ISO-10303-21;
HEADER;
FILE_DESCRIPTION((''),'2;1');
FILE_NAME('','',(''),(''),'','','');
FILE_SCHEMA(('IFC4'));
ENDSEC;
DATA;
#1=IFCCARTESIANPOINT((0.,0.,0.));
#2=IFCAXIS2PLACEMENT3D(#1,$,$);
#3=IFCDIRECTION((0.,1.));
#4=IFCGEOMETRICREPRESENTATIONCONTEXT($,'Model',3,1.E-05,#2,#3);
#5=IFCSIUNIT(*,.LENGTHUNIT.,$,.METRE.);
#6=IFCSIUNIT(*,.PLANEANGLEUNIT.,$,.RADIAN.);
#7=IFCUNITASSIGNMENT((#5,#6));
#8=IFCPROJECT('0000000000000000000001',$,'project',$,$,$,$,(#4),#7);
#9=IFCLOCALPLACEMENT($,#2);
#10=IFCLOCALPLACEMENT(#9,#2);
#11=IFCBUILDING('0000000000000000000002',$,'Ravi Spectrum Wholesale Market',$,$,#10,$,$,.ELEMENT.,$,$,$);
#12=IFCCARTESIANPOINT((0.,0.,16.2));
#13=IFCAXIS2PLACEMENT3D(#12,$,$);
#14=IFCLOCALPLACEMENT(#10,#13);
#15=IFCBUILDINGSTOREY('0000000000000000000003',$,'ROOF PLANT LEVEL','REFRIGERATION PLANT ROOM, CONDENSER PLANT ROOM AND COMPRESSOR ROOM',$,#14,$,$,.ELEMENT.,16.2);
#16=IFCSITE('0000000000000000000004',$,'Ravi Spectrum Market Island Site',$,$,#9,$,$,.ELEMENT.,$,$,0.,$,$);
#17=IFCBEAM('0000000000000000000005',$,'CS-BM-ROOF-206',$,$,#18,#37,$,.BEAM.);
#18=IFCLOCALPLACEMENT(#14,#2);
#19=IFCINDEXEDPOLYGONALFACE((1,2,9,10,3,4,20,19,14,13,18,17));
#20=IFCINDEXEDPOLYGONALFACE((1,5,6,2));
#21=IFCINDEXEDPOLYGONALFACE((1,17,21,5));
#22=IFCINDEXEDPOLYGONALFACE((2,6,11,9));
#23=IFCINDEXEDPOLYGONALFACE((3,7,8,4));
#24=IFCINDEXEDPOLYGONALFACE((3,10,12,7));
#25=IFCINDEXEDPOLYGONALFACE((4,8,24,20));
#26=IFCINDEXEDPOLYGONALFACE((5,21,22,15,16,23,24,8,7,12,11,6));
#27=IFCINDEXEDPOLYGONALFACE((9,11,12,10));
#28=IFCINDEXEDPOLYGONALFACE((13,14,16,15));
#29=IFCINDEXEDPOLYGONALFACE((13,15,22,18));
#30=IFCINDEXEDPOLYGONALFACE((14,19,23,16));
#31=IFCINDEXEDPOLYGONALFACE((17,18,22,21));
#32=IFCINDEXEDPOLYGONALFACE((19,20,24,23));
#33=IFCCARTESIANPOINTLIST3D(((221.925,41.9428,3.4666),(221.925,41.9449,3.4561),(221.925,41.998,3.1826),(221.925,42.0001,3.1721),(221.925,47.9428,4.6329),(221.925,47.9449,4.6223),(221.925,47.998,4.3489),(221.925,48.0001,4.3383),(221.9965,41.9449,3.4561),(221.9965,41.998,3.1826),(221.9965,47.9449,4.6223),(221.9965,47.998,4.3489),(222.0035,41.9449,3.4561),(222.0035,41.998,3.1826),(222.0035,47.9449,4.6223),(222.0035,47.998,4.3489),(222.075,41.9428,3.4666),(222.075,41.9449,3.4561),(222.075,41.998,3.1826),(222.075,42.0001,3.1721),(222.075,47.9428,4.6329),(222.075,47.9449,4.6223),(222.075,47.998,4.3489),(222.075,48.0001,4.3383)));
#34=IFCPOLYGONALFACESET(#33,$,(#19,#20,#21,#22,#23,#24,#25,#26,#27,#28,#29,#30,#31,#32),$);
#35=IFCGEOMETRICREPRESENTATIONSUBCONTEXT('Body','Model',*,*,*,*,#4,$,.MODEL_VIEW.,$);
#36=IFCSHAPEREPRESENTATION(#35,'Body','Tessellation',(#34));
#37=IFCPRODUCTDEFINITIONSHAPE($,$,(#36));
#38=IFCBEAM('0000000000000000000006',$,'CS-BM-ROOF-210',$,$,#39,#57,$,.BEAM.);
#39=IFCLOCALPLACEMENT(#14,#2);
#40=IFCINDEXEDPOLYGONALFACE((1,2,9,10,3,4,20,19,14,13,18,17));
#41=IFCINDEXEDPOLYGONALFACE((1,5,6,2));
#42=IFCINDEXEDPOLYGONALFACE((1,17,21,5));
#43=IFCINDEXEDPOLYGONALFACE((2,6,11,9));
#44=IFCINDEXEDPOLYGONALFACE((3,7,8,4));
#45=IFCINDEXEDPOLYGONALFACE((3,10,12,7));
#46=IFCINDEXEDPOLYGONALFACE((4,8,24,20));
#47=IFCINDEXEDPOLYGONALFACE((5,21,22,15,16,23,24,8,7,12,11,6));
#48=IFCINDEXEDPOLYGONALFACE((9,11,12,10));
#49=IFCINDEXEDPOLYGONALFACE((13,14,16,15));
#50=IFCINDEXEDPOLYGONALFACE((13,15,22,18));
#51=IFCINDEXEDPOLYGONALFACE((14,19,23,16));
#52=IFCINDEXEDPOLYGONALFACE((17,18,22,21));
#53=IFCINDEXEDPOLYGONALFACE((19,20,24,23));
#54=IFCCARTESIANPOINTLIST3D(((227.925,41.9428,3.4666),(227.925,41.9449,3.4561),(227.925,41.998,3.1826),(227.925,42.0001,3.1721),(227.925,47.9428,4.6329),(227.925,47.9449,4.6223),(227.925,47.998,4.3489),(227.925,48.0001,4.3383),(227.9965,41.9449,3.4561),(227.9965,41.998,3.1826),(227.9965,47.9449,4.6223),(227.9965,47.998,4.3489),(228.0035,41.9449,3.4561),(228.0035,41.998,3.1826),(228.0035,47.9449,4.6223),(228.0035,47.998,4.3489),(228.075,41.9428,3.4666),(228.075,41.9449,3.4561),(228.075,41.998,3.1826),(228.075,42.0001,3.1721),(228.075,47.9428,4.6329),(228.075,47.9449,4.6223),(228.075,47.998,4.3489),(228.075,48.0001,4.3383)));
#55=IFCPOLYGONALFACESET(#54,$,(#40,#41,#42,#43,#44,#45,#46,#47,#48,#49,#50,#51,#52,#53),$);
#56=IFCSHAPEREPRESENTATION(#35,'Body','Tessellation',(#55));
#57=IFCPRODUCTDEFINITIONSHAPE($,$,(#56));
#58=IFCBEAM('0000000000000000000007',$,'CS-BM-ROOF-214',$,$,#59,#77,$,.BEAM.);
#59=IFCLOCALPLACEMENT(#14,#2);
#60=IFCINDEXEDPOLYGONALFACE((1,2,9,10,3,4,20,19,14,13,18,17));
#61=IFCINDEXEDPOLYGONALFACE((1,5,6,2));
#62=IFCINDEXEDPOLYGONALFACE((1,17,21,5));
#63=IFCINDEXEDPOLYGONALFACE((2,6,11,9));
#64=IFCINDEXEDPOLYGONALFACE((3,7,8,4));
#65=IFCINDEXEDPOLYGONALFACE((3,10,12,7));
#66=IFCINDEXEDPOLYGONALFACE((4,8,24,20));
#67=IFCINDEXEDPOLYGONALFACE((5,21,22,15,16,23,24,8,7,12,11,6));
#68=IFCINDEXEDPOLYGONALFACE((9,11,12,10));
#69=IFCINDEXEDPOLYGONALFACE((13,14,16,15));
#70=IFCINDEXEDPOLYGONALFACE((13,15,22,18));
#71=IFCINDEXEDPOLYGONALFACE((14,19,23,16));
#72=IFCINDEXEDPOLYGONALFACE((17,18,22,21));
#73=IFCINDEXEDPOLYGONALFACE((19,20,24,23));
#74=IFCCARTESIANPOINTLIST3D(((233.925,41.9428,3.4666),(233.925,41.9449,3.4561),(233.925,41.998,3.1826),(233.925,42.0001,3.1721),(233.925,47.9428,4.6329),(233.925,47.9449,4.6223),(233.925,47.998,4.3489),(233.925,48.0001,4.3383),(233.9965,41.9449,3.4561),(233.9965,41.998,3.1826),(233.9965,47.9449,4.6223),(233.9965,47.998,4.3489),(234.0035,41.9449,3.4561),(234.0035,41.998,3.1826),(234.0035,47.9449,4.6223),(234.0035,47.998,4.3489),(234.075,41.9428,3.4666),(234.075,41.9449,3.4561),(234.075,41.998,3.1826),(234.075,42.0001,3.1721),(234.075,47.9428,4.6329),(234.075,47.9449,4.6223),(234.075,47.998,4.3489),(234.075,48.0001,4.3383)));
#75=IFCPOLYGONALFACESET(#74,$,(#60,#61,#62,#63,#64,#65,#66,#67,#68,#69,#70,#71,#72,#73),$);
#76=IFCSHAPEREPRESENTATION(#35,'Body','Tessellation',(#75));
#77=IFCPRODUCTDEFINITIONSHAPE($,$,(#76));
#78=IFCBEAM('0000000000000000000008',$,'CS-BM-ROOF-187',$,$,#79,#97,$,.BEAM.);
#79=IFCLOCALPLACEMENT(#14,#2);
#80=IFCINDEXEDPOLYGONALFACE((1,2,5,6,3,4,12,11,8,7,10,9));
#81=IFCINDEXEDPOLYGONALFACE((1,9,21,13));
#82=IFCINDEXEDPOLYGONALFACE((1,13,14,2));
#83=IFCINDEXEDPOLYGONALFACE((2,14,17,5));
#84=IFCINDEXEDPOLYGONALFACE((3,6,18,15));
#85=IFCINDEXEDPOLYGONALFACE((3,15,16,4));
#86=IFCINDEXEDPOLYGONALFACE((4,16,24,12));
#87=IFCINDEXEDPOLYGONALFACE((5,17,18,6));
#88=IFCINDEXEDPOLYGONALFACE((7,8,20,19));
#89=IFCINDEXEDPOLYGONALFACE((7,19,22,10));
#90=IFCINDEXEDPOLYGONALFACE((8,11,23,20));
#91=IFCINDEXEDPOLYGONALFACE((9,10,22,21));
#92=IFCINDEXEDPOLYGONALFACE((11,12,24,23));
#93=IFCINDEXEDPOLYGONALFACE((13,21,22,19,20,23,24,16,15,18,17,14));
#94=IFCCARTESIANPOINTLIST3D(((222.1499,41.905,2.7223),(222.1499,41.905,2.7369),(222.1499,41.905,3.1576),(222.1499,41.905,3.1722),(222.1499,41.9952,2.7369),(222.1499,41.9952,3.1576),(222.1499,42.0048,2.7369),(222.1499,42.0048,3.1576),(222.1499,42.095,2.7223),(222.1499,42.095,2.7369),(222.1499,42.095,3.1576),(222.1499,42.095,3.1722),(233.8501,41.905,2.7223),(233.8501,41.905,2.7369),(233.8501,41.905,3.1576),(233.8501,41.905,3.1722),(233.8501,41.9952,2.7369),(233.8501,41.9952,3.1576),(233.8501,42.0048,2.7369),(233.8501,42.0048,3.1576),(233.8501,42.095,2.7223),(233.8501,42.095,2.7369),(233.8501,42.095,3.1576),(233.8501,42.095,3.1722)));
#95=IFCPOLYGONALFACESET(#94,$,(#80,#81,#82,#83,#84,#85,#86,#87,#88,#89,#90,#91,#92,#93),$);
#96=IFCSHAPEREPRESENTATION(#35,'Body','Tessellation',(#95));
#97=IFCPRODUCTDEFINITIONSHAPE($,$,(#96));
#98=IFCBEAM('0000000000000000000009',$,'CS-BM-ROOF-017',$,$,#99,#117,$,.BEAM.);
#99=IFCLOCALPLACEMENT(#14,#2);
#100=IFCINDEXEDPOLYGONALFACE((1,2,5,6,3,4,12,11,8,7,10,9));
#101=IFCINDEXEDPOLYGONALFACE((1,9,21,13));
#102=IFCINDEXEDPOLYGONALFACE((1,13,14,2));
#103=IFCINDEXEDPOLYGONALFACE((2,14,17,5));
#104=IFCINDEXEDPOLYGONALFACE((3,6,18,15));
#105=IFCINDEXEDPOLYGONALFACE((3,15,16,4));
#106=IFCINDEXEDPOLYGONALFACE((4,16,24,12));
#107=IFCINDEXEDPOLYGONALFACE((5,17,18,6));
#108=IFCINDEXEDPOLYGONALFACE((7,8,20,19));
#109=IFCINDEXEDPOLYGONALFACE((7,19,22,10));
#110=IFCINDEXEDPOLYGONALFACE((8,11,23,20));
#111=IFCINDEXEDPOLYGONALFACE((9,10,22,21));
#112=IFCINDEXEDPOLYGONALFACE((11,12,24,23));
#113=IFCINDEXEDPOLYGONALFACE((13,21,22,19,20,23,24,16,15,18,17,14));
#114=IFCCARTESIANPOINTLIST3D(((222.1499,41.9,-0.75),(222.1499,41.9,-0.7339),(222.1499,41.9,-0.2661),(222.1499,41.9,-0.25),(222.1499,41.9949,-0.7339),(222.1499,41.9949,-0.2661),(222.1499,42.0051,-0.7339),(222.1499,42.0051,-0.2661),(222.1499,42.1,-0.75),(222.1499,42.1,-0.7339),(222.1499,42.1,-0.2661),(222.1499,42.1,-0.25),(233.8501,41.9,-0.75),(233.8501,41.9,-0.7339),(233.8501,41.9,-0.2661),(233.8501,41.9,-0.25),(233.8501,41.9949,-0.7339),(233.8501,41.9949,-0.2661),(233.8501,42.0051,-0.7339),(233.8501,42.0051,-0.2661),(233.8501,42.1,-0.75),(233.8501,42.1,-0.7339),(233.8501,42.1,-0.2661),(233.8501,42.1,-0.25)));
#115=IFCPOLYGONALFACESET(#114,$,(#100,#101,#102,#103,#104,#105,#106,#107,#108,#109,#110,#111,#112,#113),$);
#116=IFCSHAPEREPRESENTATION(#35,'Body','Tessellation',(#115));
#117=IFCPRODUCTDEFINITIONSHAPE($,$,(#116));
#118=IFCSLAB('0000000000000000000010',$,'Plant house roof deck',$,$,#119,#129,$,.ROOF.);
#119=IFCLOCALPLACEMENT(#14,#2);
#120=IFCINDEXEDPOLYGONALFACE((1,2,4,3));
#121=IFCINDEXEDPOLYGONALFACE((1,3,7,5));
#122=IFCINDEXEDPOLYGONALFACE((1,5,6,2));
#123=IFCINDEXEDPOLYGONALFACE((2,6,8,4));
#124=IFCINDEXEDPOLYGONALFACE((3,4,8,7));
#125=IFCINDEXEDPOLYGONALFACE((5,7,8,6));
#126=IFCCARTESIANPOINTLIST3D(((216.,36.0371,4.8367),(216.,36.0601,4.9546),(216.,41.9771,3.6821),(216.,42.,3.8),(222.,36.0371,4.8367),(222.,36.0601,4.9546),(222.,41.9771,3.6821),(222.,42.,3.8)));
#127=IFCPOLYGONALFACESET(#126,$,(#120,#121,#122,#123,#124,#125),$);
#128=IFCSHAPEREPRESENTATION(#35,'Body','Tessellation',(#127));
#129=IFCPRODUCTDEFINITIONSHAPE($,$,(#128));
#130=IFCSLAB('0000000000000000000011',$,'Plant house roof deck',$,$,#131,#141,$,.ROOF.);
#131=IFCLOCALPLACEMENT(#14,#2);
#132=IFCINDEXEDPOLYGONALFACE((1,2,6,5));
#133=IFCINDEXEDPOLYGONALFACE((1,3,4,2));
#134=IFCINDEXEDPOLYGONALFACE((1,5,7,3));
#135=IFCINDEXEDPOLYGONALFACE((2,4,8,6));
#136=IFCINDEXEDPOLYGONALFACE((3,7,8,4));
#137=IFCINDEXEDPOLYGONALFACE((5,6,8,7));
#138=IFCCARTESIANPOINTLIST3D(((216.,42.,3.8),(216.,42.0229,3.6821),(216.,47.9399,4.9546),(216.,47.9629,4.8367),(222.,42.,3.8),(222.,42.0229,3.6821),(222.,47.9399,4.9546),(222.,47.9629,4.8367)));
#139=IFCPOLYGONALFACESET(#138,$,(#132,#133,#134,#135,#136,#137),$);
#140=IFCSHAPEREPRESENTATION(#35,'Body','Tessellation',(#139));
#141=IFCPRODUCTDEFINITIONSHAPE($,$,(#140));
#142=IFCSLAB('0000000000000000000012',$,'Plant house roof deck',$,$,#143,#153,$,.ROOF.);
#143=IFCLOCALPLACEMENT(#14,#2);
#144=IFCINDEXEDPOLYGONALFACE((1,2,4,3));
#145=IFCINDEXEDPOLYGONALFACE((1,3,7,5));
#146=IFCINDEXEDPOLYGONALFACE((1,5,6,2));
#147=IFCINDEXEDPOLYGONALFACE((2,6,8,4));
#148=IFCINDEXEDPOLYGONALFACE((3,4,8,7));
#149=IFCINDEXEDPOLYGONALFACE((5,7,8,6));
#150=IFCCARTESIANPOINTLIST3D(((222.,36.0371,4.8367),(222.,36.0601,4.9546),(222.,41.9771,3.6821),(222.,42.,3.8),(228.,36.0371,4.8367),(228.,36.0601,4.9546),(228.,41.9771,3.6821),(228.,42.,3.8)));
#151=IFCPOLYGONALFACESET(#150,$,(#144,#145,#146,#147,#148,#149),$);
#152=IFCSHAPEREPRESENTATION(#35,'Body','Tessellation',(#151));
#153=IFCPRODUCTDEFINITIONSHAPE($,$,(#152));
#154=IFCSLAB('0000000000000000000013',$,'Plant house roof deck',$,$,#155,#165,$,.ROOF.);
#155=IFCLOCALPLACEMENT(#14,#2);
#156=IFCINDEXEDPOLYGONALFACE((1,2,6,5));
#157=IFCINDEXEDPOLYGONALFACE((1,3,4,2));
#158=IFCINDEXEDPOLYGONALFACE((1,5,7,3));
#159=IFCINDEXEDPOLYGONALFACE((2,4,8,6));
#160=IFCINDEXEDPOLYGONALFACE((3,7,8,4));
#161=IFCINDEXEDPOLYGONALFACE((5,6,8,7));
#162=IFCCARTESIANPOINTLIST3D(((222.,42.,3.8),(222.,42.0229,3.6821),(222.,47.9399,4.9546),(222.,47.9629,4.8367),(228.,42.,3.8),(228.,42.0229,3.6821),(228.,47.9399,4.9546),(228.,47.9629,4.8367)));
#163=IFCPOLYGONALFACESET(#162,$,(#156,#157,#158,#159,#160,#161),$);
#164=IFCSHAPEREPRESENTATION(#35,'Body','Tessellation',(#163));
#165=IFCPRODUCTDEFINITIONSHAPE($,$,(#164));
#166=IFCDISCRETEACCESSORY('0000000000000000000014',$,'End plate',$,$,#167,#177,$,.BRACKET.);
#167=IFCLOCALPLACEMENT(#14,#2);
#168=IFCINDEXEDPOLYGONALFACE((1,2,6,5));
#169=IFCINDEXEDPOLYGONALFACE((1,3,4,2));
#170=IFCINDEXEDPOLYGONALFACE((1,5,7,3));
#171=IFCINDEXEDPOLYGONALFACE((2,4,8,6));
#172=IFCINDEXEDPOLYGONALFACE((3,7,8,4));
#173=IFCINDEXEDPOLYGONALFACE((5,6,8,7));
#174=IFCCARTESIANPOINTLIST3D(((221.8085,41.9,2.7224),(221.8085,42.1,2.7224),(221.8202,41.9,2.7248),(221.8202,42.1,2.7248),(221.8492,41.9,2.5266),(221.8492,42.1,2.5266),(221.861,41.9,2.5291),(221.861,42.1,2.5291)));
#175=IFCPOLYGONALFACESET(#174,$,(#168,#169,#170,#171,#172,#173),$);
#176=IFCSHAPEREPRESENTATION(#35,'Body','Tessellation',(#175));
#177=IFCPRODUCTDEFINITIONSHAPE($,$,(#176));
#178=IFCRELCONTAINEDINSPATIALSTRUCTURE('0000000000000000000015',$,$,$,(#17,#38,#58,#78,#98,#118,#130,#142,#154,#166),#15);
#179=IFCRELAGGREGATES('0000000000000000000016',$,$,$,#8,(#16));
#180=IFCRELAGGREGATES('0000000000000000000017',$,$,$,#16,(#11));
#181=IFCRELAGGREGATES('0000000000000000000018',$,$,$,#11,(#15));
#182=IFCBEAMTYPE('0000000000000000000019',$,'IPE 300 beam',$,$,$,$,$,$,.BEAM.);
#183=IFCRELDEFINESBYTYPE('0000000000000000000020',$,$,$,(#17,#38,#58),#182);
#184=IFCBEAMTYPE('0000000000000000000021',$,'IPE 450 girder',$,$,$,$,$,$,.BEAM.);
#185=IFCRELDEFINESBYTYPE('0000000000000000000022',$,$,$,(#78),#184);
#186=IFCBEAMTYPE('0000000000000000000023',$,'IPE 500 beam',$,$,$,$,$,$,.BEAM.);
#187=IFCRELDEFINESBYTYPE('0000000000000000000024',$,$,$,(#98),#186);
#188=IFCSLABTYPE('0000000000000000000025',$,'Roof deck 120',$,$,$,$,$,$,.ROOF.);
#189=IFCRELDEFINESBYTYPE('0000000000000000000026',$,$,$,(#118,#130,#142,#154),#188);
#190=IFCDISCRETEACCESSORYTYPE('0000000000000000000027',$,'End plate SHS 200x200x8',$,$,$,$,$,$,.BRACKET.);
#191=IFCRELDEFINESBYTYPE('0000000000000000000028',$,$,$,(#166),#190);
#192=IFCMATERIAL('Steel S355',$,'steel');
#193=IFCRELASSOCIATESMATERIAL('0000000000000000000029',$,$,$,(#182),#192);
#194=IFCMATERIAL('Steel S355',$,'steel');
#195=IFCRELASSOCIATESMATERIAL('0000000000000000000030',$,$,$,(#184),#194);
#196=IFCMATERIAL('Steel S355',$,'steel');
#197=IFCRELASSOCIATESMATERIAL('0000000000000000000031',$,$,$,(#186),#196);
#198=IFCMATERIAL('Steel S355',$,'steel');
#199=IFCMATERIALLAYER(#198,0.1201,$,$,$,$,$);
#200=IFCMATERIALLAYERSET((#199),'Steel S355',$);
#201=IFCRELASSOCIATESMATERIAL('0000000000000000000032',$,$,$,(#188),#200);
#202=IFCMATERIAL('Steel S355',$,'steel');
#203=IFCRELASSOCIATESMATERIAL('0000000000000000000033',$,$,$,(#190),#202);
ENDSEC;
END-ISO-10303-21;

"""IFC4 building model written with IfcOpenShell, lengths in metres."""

from ifc_helpers import new_model, si_unit, direction, frame, origin, origin_2d, place, context, subcontext, project, spatial, polyline, rectangle, i_section, outline, extrude, material, layer, layer_set, material_profile, profile_set, type_object, element, save


model = new_model("IFC4")

# Units and contexts
model_context = context("Model", 3, precision=1e-05, world=origin(), true_north=direction((0.0, 1.0)))
body_context = subcontext(model_context, "Body", "Model", "MODEL_VIEW")
ifc_project = project(units=[si_unit("LENGTHUNIT", "METRE"), si_unit("PLANEANGLEUNIT", "RADIAN")], contexts=[model_context])

# Site, building, storey
site_placement = place(None, origin())
site = spatial("IfcSite", under=ifc_project, at=site_placement, Name="Ravi Spectrum Market Island Site", CompositionType="ELEMENT", RefElevation=0.0)
building_placement = place(site_placement, origin())
building = spatial("IfcBuilding", under=site, at=building_placement, Name="Ravi Spectrum Wholesale Market", CompositionType="ELEMENT")
storey_placement = place(building_placement, frame((0.0, 0.0, 16.2)))
storey = spatial("IfcBuildingStorey", under=building, at=storey_placement, Name="ROOF PLANT LEVEL", Description="REFRIGERATION PLANT ROOM, CONDENSER PLANT ROOM AND COMPRESSOR ROOM", CompositionType="ELEMENT", Elevation=16.2)

# Beams
ifc_material_1 = material(Name="Steel S355", Category="steel")
ifc_material_profile_1 = material_profile(ifc_material_1, i_section(OverallWidth=0.1499, OverallDepth=0.3, WebThickness=0.0071, FlangeThickness=0.0107, at=origin_2d()))
ifc_profile_set_1 = profile_set([ifc_material_profile_1], Name="Steel S355")
beam_type_1 = type_object("IfcBeamType", Name="IPE 300 beam", PredefinedType="BEAM", material=ifc_profile_set_1)
for number, where, z_axis, x_axis, name in (
    (1, (222.0, 41.9714, 3.3193), (0.0, 0.981628, 0.190806), (-1.0, 0.0, 0.0), "CS-BM-ROOF-206"),
    (2, (228.0, 41.9714, 3.3193), (0.0, 0.981628, 0.190806), (-1.0, 0.0, 0.0), "CS-BM-ROOF-210"),
    (3, (234.0, 41.9714, 3.3193), (0.0, 0.981628, 0.190806), (-1.0, 0.0, 0.0), "CS-BM-ROOF-214"),
):
    element("IfcBeam", number, at=place(storey_placement, frame(where, z_axis=z_axis, x_axis=x_axis)), inside=storey, type_object=beam_type_1, Name=name, PredefinedType="BEAM", context=body_context, shape_type="SweptSolid", body=[
        extrude(i_section(OverallWidth=0.1499, OverallDepth=0.3, WebThickness=0.0071, FlangeThickness=0.0107, at=origin_2d()), origin(), (0.0, 0.0, 1.0), 6.1123),
    ])
ifc_material_2 = material(Name="Steel S355", Category="steel")
ifc_material_profile_2 = material_profile(ifc_material_2, i_section(OverallWidth=0.1899, OverallDepth=0.45, WebThickness=0.0095, FlangeThickness=0.0146, at=origin_2d()))
ifc_profile_set_2 = profile_set([ifc_material_profile_2], Name="Steel S355")
beam_type_2 = type_object("IfcBeamType", Name="IPE 450 girder", PredefinedType="BEAM", material=ifc_profile_set_2)
beam_1_placement = place(storey_placement, frame((222.1499, 42.0, 2.9473), z_axis=(1.0, 0.0, 0.0), x_axis=(0.0, 1.0, 0.0)))
element("IfcBeam", 4, at=beam_1_placement, inside=storey, type_object=beam_type_2, Name="CS-BM-ROOF-187", PredefinedType="BEAM", context=body_context, shape_type="SweptSolid", body=[
    extrude(i_section(OverallWidth=0.1899, OverallDepth=0.45, WebThickness=0.0095, FlangeThickness=0.0146, at=origin_2d()), origin(), (0.0, 0.0, 1.0), 11.7002),
])
ifc_material_3 = material(Name="Steel S355", Category="steel")
ifc_material_profile_3 = material_profile(ifc_material_3, i_section(OverallWidth=0.2, OverallDepth=0.5, WebThickness=0.0103, FlangeThickness=0.0161, at=origin_2d()))
ifc_profile_set_3 = profile_set([ifc_material_profile_3], Name="Steel S355")
beam_type_3 = type_object("IfcBeamType", Name="IPE 500 beam", PredefinedType="BEAM", material=ifc_profile_set_3)
beam_2_placement = place(storey_placement, frame((222.1499, 42.0, -0.5), z_axis=(1.0, 0.0, 0.0), x_axis=(0.0, 1.0, 0.0)))
element("IfcBeam", 5, at=beam_2_placement, inside=storey, type_object=beam_type_3, Name="CS-BM-ROOF-017", PredefinedType="BEAM", context=body_context, shape_type="SweptSolid", body=[
    extrude(i_section(OverallWidth=0.2, OverallDepth=0.5, WebThickness=0.0103, FlangeThickness=0.0161, at=origin_2d()), origin(), (0.0, 0.0, 1.0), 11.7002),
])

# Slabs
ifc_material_4 = material(Name="Steel S355", Category="steel")
ifc_layer = layer(ifc_material_4, 0.1201)
ifc_layer_set = layer_set([ifc_layer], Name="Steel S355")
slab_type = type_object("IfcSlabType", Name="Roof deck 120", PredefinedType="ROOF", material=ifc_layer_set)
slab_1_placement = place(storey_placement, frame((216.0, 42.0, 3.8), z_axis=(0.0, 0.190798, 0.981629), x_axis=(1.0, 0.0, 0.0)))
element("IfcSlab", 6, at=slab_1_placement, inside=storey, type_object=slab_type, Name="Plant house roof deck", PredefinedType="ROOF", context=body_context, shape_type="SweptSolid", body=[
    extrude(outline(polyline([(0.0, 0.0), (6.0, 0.0), (6.0, -6.0511), (0.0, -6.0511), (0.0, 0.0)])), origin(), (0.0, 0.0, -1.0), 0.1201),
])
slab_2_placement = place(storey_placement, frame((216.0, 42.0, 3.8), z_axis=(0.0, -0.190798, 0.981629), x_axis=(1.0, 0.0, 0.0)))
element("IfcSlab", 7, at=slab_2_placement, inside=storey, type_object=slab_type, Name="Plant house roof deck", PredefinedType="ROOF", context=body_context, shape_type="SweptSolid", body=[
    extrude(outline(polyline([(0.0, 0.0), (6.0, 0.0), (6.0, 6.0511), (0.0, 6.0511), (0.0, 0.0)])), origin(), (0.0, 0.0, -1.0), 0.1201),
])
slab_3_placement = place(storey_placement, frame((222.0, 42.0, 3.8), z_axis=(0.0, 0.190798, 0.981629), x_axis=(1.0, 0.0, 0.0)))
element("IfcSlab", 8, at=slab_3_placement, inside=storey, type_object=slab_type, Name="Plant house roof deck", PredefinedType="ROOF", context=body_context, shape_type="SweptSolid", body=[
    extrude(outline(polyline([(0.0, 0.0), (6.0, 0.0), (6.0, -6.0511), (0.0, -6.0511), (0.0, 0.0)])), origin(), (0.0, 0.0, -1.0), 0.1201),
])
slab_4_placement = place(storey_placement, frame((222.0, 42.0, 3.8), z_axis=(0.0, -0.190798, 0.981629), x_axis=(1.0, 0.0, 0.0)))
element("IfcSlab", 9, at=slab_4_placement, inside=storey, type_object=slab_type, Name="Plant house roof deck", PredefinedType="ROOF", context=body_context, shape_type="SweptSolid", body=[
    extrude(outline(polyline([(0.0, 0.0), (6.0, 0.0), (6.0, 6.0511), (0.0, 6.0511), (0.0, 0.0)])), origin(), (0.0, 0.0, -1.0), 0.1201),
])

# Discrete accessory
ifc_material_5 = material(Name="Steel S355", Category="steel")
ifc_material_profile_4 = material_profile(ifc_material_5, rectangle(XDim=0.2, YDim=0.2, at=origin_2d()))
ifc_profile_set_4 = profile_set([ifc_material_profile_4], Name="Steel S355")
discrete_accessory_type = type_object("IfcDiscreteAccessoryType", Name="End plate SHS 200x200x8", PredefinedType="BRACKET", material=ifc_profile_set_4)
discrete_accessory_placement = place(storey_placement, frame((221.8289, 42.0, 2.6245), z_axis=(0.97898, 0.0, 0.203954), x_axis=(0.0, 1.0, 0.0)))
element("IfcDiscreteAccessory", 10, at=discrete_accessory_placement, inside=storey, type_object=discrete_accessory_type, Name="End plate", PredefinedType="BRACKET", context=body_context, shape_type="SweptSolid", body=[
    extrude(rectangle(XDim=0.2, YDim=0.2, at=origin_2d()), origin(), (0.0, 0.0, 1.0), 0.012),
])

save(model, "model.ifc")
